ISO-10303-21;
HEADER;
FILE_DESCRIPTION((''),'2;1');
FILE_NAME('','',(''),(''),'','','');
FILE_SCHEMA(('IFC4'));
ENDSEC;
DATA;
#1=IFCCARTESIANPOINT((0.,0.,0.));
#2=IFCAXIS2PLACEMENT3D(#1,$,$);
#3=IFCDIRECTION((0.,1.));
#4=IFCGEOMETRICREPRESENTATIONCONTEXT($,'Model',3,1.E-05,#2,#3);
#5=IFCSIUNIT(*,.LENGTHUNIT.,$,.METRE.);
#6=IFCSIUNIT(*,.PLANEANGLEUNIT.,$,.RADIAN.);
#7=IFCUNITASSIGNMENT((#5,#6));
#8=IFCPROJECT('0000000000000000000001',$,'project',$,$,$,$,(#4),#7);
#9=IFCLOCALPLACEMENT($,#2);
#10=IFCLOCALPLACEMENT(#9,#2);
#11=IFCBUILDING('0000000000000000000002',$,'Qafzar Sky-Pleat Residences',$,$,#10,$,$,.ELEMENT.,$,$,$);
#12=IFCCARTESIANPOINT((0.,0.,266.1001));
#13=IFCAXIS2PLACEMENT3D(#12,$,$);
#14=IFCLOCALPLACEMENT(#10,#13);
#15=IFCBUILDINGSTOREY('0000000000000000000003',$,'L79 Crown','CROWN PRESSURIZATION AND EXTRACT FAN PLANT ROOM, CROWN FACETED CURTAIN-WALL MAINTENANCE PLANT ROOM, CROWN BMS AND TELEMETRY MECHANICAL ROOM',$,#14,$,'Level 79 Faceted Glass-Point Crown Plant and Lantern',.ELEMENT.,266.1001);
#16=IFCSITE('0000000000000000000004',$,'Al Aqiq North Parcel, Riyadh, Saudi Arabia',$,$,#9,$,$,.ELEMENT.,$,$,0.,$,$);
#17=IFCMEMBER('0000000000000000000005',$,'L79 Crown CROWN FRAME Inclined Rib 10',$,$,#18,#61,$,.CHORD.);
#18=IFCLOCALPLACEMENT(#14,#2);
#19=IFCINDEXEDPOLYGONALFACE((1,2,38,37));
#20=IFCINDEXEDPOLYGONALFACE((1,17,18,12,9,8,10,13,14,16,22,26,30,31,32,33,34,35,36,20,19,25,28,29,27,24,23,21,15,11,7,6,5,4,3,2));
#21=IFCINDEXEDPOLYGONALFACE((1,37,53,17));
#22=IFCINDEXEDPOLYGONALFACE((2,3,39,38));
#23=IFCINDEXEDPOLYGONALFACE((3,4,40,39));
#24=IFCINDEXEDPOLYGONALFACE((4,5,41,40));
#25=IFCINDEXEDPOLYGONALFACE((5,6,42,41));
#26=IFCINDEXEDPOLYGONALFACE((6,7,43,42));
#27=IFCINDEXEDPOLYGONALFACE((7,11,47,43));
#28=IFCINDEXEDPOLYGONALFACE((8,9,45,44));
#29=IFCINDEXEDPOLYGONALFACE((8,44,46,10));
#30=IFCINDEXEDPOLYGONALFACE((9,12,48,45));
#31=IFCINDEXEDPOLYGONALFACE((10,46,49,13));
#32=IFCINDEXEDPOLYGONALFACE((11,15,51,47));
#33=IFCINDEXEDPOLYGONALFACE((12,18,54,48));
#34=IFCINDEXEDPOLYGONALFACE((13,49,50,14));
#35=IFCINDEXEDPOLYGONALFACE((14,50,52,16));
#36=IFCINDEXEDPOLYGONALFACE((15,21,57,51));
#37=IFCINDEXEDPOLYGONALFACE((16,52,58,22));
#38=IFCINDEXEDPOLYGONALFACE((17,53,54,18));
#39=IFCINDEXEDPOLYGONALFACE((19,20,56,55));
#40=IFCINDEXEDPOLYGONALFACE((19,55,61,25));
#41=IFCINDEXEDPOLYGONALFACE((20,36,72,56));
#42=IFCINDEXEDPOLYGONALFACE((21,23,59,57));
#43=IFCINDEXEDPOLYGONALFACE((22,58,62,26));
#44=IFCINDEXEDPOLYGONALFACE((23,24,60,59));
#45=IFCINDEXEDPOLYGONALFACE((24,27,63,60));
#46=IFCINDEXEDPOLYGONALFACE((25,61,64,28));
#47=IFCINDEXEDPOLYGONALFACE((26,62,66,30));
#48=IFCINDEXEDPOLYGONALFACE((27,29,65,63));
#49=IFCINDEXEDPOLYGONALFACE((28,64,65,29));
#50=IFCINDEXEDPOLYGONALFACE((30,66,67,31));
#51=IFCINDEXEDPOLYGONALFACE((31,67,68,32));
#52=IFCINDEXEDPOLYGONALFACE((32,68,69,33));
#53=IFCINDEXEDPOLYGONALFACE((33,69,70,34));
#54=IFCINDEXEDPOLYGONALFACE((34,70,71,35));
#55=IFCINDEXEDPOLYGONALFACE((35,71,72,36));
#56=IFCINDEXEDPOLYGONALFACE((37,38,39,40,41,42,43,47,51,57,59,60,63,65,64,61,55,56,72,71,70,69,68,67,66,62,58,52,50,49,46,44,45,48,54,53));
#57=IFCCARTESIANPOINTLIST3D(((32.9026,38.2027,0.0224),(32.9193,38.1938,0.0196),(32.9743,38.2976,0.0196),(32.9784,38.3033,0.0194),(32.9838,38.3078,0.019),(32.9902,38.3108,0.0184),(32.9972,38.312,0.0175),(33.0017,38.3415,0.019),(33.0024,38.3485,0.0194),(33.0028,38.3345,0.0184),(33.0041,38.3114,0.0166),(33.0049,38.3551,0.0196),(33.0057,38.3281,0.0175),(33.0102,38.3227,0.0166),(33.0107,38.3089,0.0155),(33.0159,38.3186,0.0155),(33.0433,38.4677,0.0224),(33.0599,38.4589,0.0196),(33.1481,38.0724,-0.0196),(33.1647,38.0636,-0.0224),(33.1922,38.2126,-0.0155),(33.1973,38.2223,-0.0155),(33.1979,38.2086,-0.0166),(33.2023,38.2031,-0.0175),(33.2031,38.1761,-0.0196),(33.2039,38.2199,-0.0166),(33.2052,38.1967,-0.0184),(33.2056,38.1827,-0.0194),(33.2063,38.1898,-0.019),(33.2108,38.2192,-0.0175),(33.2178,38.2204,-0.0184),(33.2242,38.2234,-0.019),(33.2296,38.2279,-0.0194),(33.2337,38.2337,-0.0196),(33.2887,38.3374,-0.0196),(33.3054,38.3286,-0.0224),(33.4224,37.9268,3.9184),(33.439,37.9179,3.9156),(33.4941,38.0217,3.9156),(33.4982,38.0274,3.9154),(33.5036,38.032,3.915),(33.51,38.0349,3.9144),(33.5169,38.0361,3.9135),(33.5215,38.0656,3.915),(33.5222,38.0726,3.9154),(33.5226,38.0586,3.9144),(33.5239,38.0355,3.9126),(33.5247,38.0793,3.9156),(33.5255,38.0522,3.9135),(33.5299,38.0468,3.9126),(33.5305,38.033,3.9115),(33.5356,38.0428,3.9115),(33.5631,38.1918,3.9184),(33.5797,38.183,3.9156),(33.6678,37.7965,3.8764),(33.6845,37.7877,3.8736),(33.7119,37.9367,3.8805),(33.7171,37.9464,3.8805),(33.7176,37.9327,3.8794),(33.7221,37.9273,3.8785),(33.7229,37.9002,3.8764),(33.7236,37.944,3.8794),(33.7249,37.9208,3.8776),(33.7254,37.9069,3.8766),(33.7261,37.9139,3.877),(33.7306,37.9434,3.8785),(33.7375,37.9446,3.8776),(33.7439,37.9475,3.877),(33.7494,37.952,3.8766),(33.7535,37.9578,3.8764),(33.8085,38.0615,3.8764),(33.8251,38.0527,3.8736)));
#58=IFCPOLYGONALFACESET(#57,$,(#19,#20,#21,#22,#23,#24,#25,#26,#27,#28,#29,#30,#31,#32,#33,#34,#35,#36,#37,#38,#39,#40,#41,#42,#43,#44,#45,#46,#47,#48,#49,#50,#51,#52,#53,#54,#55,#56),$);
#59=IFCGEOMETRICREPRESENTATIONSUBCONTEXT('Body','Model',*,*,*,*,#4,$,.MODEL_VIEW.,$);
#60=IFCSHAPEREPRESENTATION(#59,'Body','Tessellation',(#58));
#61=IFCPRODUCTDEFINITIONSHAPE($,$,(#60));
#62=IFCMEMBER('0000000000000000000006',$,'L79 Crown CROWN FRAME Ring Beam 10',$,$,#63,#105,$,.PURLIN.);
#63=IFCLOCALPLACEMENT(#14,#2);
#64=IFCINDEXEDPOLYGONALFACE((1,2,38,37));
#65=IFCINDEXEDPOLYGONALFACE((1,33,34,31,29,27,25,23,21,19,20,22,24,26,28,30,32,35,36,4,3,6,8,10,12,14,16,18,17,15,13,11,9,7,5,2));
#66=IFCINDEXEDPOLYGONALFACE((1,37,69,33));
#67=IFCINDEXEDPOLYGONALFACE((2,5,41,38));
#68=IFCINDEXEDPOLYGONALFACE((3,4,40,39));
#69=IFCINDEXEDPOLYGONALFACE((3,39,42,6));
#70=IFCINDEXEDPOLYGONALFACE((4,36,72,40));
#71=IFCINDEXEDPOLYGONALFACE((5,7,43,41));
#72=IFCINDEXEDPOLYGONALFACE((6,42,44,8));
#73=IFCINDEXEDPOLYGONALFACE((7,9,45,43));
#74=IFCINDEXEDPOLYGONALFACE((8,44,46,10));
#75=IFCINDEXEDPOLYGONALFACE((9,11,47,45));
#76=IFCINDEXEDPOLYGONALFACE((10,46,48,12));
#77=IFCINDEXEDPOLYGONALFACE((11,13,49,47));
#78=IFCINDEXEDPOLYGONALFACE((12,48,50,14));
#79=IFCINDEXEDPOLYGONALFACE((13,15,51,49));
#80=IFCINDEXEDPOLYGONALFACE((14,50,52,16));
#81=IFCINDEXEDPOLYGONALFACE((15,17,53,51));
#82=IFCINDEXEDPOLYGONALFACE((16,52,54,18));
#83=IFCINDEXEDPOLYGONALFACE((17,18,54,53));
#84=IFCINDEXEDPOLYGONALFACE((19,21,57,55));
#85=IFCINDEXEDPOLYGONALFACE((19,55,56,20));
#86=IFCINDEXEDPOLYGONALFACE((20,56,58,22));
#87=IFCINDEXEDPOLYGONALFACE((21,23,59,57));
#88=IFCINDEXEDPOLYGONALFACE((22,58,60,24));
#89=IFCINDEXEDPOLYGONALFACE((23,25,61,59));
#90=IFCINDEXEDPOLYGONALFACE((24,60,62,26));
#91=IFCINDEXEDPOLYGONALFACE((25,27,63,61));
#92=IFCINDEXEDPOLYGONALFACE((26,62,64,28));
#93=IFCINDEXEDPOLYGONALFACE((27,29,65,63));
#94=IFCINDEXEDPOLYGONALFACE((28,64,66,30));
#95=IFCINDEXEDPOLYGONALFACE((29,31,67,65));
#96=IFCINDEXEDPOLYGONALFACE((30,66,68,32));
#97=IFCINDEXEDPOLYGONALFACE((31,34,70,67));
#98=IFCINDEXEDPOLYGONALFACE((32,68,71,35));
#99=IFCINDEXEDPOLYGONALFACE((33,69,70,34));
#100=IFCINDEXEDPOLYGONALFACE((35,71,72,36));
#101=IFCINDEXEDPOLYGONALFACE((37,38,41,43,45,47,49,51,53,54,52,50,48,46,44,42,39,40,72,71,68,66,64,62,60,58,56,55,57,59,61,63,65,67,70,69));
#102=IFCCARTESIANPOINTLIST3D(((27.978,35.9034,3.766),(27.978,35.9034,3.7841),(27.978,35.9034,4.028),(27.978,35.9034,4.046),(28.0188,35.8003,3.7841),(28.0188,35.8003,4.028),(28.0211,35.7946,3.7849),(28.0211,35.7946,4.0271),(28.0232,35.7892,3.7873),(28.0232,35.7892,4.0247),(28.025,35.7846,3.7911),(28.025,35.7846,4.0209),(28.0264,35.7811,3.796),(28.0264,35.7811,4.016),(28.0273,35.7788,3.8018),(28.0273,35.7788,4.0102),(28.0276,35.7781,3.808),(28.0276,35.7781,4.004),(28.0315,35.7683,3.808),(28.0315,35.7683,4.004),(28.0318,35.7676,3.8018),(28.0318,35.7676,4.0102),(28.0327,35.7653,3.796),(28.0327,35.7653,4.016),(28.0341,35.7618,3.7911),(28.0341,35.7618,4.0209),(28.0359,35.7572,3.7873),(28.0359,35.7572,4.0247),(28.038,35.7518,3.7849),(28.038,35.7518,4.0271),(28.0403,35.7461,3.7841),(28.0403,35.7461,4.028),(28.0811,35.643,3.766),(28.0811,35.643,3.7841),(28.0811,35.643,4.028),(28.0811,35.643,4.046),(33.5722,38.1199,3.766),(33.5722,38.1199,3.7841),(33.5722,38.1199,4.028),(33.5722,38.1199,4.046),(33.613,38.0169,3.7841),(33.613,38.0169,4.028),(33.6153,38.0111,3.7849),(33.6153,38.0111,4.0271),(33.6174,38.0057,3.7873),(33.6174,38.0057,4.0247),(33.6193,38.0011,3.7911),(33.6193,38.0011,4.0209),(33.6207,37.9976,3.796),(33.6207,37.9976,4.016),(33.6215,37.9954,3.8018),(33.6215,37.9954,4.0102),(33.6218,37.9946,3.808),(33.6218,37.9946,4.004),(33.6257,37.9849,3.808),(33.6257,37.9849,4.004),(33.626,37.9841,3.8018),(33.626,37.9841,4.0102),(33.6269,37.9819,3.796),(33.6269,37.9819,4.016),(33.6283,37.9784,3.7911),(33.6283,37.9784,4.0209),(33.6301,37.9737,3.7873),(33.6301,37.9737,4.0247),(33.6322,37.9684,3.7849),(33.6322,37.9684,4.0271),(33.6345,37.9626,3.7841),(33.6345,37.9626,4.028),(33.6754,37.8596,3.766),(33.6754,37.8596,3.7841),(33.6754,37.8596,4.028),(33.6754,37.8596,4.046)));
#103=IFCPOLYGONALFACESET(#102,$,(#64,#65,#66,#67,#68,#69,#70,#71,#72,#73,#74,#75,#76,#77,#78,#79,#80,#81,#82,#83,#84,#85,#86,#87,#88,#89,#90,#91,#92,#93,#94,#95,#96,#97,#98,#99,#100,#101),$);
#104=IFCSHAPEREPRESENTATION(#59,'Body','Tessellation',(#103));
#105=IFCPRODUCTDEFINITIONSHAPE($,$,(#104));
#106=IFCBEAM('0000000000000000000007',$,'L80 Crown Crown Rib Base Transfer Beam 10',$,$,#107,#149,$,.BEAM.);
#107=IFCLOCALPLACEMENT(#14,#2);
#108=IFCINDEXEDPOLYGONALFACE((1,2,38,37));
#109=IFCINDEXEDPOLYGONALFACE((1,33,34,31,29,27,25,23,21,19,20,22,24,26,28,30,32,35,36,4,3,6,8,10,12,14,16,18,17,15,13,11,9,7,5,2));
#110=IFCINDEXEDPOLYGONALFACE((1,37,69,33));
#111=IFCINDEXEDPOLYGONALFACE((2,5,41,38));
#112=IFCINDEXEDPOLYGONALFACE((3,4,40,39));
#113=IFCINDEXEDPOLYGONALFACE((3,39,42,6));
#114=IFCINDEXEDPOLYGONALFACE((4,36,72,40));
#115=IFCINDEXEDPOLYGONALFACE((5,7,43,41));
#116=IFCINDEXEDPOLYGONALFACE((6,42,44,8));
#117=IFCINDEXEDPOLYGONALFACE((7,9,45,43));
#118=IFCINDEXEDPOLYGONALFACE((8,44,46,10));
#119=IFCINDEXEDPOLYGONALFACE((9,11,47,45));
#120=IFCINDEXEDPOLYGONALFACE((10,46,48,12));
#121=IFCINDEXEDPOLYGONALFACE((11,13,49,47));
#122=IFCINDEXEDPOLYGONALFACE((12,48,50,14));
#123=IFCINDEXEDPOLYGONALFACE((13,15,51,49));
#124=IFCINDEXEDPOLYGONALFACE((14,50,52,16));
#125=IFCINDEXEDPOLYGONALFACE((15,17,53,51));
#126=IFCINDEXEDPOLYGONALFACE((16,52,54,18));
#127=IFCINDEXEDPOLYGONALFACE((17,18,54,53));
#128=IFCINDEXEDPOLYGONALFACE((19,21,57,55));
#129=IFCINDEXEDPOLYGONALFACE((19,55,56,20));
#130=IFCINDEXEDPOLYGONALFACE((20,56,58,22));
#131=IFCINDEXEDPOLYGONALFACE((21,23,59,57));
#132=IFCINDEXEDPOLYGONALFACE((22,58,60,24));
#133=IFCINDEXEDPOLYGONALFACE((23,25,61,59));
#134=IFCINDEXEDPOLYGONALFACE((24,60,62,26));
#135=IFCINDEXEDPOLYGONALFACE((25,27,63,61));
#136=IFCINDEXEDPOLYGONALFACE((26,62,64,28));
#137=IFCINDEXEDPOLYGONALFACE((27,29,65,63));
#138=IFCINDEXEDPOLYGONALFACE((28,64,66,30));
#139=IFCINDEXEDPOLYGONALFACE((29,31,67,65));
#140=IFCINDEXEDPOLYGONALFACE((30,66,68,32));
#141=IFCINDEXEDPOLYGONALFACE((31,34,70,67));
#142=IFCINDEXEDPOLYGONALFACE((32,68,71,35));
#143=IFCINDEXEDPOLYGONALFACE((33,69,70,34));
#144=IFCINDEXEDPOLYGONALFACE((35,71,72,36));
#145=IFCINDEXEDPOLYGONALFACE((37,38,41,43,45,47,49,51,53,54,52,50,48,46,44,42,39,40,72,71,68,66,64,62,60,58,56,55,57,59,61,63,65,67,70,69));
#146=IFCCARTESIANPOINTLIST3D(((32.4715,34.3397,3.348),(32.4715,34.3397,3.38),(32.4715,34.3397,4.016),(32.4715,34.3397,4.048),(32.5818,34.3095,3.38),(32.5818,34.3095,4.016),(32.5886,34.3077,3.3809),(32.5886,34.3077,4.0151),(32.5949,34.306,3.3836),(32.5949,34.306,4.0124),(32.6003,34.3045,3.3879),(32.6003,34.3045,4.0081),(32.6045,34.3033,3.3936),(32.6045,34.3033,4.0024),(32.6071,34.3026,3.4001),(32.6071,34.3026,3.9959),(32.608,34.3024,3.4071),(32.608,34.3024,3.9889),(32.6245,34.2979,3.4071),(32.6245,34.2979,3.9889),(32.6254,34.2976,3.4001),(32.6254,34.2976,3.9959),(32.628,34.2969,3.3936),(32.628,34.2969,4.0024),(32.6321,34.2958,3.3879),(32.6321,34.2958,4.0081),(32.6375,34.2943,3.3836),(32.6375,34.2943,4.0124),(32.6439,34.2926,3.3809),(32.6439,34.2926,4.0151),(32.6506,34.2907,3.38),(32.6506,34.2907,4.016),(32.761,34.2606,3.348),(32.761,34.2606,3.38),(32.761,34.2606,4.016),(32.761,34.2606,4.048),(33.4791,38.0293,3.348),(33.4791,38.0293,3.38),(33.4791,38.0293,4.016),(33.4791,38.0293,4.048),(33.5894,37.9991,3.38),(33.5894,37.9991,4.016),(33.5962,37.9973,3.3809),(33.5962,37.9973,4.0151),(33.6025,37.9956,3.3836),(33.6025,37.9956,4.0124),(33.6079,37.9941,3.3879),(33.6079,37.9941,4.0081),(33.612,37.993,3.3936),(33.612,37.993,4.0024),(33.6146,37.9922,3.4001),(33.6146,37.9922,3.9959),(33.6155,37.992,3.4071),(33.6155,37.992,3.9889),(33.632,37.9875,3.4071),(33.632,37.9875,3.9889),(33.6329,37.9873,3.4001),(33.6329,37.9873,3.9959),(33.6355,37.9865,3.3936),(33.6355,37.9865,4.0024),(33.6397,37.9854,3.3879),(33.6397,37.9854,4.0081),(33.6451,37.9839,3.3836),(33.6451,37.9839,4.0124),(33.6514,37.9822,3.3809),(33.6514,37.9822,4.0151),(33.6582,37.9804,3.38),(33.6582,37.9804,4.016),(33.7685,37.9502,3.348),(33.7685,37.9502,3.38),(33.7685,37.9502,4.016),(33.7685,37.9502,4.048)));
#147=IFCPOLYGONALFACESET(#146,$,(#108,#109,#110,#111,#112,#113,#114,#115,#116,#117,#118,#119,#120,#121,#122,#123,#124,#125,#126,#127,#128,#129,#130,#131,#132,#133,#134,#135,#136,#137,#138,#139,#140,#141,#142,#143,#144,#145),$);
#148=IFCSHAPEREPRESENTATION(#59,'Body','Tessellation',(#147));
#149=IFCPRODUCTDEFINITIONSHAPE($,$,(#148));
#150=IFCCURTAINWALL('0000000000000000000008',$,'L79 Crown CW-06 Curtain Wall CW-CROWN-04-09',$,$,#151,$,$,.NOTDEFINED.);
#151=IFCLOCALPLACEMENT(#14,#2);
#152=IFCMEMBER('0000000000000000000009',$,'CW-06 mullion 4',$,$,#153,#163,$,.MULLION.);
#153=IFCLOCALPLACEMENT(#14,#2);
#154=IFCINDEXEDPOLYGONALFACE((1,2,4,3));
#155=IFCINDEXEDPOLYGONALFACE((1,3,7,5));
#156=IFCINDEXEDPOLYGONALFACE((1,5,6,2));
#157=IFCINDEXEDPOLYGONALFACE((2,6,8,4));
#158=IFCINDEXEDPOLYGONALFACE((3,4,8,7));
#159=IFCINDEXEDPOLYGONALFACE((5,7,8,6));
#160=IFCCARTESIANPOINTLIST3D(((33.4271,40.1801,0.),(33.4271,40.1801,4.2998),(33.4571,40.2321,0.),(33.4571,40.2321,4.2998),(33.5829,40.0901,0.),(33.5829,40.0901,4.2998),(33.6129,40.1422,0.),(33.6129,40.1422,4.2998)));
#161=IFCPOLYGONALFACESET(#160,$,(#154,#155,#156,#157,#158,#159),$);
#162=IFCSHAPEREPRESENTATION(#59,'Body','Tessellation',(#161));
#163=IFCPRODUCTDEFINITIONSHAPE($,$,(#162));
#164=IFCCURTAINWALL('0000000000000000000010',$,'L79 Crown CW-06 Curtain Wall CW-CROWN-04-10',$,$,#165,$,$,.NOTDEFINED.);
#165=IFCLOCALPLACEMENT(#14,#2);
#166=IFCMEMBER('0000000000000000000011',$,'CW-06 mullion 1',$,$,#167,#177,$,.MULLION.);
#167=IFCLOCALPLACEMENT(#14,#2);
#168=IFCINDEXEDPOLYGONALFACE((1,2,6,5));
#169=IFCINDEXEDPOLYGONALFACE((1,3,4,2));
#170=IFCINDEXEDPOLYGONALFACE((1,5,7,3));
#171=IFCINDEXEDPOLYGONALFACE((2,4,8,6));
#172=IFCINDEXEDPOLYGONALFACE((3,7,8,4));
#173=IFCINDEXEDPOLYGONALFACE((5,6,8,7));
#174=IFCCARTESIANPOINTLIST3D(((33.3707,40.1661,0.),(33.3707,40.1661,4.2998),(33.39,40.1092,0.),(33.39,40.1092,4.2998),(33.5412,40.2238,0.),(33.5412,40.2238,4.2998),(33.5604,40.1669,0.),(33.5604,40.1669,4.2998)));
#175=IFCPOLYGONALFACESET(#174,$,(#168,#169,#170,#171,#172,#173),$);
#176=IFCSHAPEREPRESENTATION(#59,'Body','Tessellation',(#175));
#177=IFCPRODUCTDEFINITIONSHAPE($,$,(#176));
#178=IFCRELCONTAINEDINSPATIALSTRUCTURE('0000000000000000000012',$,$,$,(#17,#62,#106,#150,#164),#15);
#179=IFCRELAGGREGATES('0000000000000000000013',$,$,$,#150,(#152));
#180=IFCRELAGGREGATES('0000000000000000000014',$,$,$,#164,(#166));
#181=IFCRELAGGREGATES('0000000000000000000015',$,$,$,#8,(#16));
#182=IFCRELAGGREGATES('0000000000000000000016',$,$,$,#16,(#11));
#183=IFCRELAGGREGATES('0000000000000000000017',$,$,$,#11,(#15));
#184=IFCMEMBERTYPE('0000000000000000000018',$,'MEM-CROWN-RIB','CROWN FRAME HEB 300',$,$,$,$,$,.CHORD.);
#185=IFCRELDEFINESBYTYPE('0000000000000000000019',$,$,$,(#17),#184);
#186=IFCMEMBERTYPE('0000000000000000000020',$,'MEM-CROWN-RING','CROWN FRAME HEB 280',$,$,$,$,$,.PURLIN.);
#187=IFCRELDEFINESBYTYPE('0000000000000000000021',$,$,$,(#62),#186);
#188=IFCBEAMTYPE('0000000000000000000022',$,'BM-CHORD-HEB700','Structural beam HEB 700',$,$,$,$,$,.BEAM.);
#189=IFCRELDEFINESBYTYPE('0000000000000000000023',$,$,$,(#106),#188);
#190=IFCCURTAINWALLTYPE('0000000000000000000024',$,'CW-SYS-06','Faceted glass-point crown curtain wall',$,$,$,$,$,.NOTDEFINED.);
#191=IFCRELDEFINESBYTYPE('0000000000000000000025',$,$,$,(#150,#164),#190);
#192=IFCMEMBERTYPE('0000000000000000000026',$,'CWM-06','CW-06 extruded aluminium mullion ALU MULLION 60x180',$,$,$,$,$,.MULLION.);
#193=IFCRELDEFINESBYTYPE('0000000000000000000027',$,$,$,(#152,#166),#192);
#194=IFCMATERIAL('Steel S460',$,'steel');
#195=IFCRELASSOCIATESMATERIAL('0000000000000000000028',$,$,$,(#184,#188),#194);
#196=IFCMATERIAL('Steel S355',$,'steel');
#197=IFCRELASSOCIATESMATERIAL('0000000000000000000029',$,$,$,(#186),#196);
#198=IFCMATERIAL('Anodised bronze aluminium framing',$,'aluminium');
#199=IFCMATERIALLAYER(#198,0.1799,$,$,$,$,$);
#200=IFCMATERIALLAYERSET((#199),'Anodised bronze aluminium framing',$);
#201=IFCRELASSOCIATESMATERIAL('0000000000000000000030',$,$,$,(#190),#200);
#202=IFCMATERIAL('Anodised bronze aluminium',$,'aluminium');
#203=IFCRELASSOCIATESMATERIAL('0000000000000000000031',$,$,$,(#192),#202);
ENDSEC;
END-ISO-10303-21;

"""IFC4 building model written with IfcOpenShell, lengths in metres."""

from ifc_helpers import new_model, si_unit, direction, frame, origin, origin_2d, place, context, subcontext, project, spatial, rectangle, i_section, extrude, source, transform, mapped, material, layer, layer_set, material_profile, profile_set, type_object, element, aggregate, save


model = new_model("IFC4")

# Units and contexts
model_context = context("Model", 3, precision=1e-05, world=origin(), true_north=direction((0.0, 1.0)))
body_context = subcontext(model_context, "Body", "Model", "MODEL_VIEW")
ifc_project = project(units=[si_unit("LENGTHUNIT", "METRE"), si_unit("PLANEANGLEUNIT", "RADIAN")], contexts=[model_context])

# Site, building, storey
site_placement = place(None, origin())
site = spatial("IfcSite", under=ifc_project, at=site_placement, Name="Al Aqiq North Parcel, Riyadh, Saudi Arabia", CompositionType="ELEMENT", RefElevation=0.0)
building_placement = place(site_placement, origin())
building = spatial("IfcBuilding", under=site, at=building_placement, Name="Qafzar Sky-Pleat Residences", CompositionType="ELEMENT")
storey_placement = place(building_placement, frame((0.0, 0.0, 266.1001)))
storey = spatial("IfcBuildingStorey", under=building, at=storey_placement, Name="L79 Crown", Description="CROWN PRESSURIZATION AND EXTRACT FAN PLANT ROOM, CROWN FACETED CURTAIN-WALL MAINTENANCE PLANT ROOM, CROWN BMS AND TELEMETRY MECHANICAL ROOM", LongName="Level 79 Faceted Glass-Point Crown Plant and Lantern", CompositionType="ELEMENT", Elevation=266.1001)

# Members
ifc_material_1 = material(Name="Steel S460", Category="steel")
ifc_material_profile_1 = material_profile(ifc_material_1, i_section(OverallWidth=0.3, OverallDepth=0.3, WebThickness=0.011, FlangeThickness=0.019, FilletRadius=0.0271, at=origin_2d()), Name="HEB 300")
ifc_profile_set_1 = profile_set([ifc_material_profile_1], Name="Steel S460")
member_type_1 = type_object("IfcMemberType", Name="MEM-CROWN-RIB", Description="CROWN FRAME HEB 300", PredefinedType="CHORD", material=ifc_profile_set_1)
shared_shape_1 = source(origin(), body_context, "Body", "SweptSolid", [
    extrude(i_section(OverallWidth=0.3, OverallDepth=0.3, WebThickness=0.011, FlangeThickness=0.019, FilletRadius=0.0271, at=origin_2d()), origin(), (0.0, 0.0, 1.0), 3.9402),
])
member_1_placement = place(storey_placement, frame((33.104, 38.2656, 0.0), z_axis=(0.131916, -0.070017, 0.988785), x_axis=(0.468822, 0.883293, 0.0)))
element("IfcMember", 1, at=member_1_placement, inside=storey, type_object=member_type_1, Name="L79 Crown CROWN FRAME Inclined Rib 10", PredefinedType="CHORD", context=body_context, shape_type="MappedRepresentation", body=[
    mapped(shared_shape_1, transform((0.0, 0.0, 0.0), x_axis=(1.0, 0.0, 0.0), y_axis=(0.0, 1.0, 0.0), z_axis=(0.0, 0.0, 1.0), scale=1.0)),
])
ifc_material_2 = material(Name="Steel S355", Category="steel")
ifc_material_profile_2 = material_profile(ifc_material_2, i_section(OverallWidth=0.28, OverallDepth=0.28, WebThickness=0.0105, FlangeThickness=0.0181, FilletRadius=0.0239, at=origin_2d()), Name="HEB 280")
ifc_profile_set_2 = profile_set([ifc_material_profile_2], Name="Steel S355")
member_type_2 = type_object("IfcMemberType", Name="MEM-CROWN-RING", Description="CROWN FRAME HEB 280", PredefinedType="PURLIN", material=ifc_profile_set_2)
shared_shape_2 = source(origin(), body_context, "Body", "SweptSolid", [
    extrude(i_section(OverallWidth=0.28, OverallDepth=0.28, WebThickness=0.0105, FlangeThickness=0.0181, FilletRadius=0.0239, at=origin_2d()), origin(), (0.0, 0.0, 1.0), 6.0173),
])
member_2_placement = place(storey_placement, frame((33.6238, 37.9897, 3.906), z_axis=(-0.929683, -0.36836, 0.0), x_axis=(0.36836, -0.929683, 0.0)))
element("IfcMember", 2, at=member_2_placement, inside=storey, type_object=member_type_2, Name="L79 Crown CROWN FRAME Ring Beam 10", PredefinedType="PURLIN", context=body_context, shape_type="MappedRepresentation", body=[
    mapped(shared_shape_2, transform((0.0, 0.0, 0.0), x_axis=(1.0, 0.0, 0.0), y_axis=(0.0, 1.0, 0.0), z_axis=(0.0, 0.0, 1.0), scale=1.0)),
])

# Beam
ifc_material_profile_3 = material_profile(ifc_material_1, i_section(OverallWidth=0.3, OverallDepth=0.7, WebThickness=0.0171, FlangeThickness=0.032, FilletRadius=0.0271, at=origin_2d()), Name="HEB 700")
ifc_profile_set_3 = profile_set([ifc_material_profile_3], Name="Steel S460")
beam_type = type_object("IfcBeamType", Name="BM-CHORD-HEB700", Description="Structural beam HEB 700", PredefinedType="BEAM", material=ifc_profile_set_3)
shared_shape_3 = source(origin(), body_context, "Body", "SweptSolid", [
    extrude(i_section(OverallWidth=0.3, OverallDepth=0.7, WebThickness=0.0171, FlangeThickness=0.032, FilletRadius=0.0271, at=origin_2d()), origin(), (0.0, 0.0, 1.0), 3.8247),
])
beam_placement = place(storey_placement, frame((33.6238, 37.9897, 3.698), z_axis=(-0.263431, -0.964678, 0.0), x_axis=(0.964678, -0.263431, 0.0)))
element("IfcBeam", 3, at=beam_placement, inside=storey, type_object=beam_type, Name="L80 Crown Crown Rib Base Transfer Beam 10", PredefinedType="BEAM", context=body_context, shape_type="MappedRepresentation", body=[
    mapped(shared_shape_3, transform((0.0, 0.0, 0.0), x_axis=(1.0, 0.0, 0.0), y_axis=(0.0, 1.0, 0.0), z_axis=(0.0, 0.0, 1.0), scale=1.0)),
])

# Curtain wall, member
ifc_material_3 = material(Name="Anodised bronze aluminium framing", Category="aluminium")
ifc_layer_1 = layer(ifc_material_3, 0.1799)
ifc_layer_set_1 = layer_set([ifc_layer_1], Name="Anodised bronze aluminium framing")
curtain_wall_type = type_object("IfcCurtainWallType", Name="CW-SYS-06", Description="Faceted glass-point crown curtain wall", PredefinedType="NOTDEFINED", material=ifc_layer_set_1)
curtain_wall_1_placement = place(storey_placement, origin())
curtain_wall_1 = element("IfcCurtainWall", 4, at=curtain_wall_1_placement, inside=storey, type_object=curtain_wall_type, Name="L79 Crown CW-06 Curtain Wall CW-CROWN-04-09", PredefinedType="NOTDEFINED")
ifc_material_4 = material(Name="Anodised bronze aluminium", Category="aluminium")
ifc_material_profile_4 = material_profile(ifc_material_4, rectangle(XDim=0.0601, YDim=0.1799, at=origin_2d()), Name="ALU MULLION 60x180")
ifc_profile_set_4 = profile_set([ifc_material_profile_4], Name="Anodised bronze aluminium")
member_type_3 = type_object("IfcMemberType", Name="CWM-06", Description="CW-06 extruded aluminium mullion ALU MULLION 60x180", PredefinedType="MULLION", material=ifc_profile_set_4)
shared_shape_4 = source(origin(), body_context, "Body", "SweptSolid", [
    extrude(rectangle(XDim=0.0601, YDim=0.1799, at=origin_2d()), origin(), (0.0, 0.0, 1.0), 4.2998),
])
member_3_placement = place(storey_placement, frame((33.52, 40.1611, 0.0), z_axis=(0.0, 0.0, 1.0), x_axis=(-0.500001, -0.866025, 0.0)))
member_3 = element("IfcMember", 5, at=member_3_placement, type_object=member_type_3, Name="CW-06 mullion 4", PredefinedType="MULLION", context=body_context, shape_type="MappedRepresentation", body=[
    mapped(shared_shape_4, transform((0.0, 0.0, 0.0), x_axis=(1.0, 0.0, 0.0), y_axis=(0.0, 1.0, 0.0), z_axis=(0.0, 0.0, 1.0), scale=1.0)),
])

# Curtain wall, member
curtain_wall_2_placement = place(storey_placement, origin())
curtain_wall_2 = element("IfcCurtainWall", 6, at=curtain_wall_2_placement, inside=storey, type_object=curtain_wall_type, Name="L79 Crown CW-06 Curtain Wall CW-CROWN-04-10", PredefinedType="NOTDEFINED")
member_4_placement = place(storey_placement, frame((33.4656, 40.1665, 0.0), z_axis=(0.0, 0.0, 1.0), x_axis=(0.320445, -0.947267, 0.0)))
member_4 = element("IfcMember", 7, at=member_4_placement, type_object=member_type_3, Name="CW-06 mullion 1", PredefinedType="MULLION", context=body_context, shape_type="MappedRepresentation", body=[
    mapped(shared_shape_4, transform((0.0, 0.0, 0.0), x_axis=(1.0, 0.0, 0.0), y_axis=(0.0, 1.0, 0.0), z_axis=(0.0, 0.0, 1.0), scale=1.0)),
])

aggregate(curtain_wall_1, [member_3])
aggregate(curtain_wall_2, [member_4])

save(model, "model.ifc")
